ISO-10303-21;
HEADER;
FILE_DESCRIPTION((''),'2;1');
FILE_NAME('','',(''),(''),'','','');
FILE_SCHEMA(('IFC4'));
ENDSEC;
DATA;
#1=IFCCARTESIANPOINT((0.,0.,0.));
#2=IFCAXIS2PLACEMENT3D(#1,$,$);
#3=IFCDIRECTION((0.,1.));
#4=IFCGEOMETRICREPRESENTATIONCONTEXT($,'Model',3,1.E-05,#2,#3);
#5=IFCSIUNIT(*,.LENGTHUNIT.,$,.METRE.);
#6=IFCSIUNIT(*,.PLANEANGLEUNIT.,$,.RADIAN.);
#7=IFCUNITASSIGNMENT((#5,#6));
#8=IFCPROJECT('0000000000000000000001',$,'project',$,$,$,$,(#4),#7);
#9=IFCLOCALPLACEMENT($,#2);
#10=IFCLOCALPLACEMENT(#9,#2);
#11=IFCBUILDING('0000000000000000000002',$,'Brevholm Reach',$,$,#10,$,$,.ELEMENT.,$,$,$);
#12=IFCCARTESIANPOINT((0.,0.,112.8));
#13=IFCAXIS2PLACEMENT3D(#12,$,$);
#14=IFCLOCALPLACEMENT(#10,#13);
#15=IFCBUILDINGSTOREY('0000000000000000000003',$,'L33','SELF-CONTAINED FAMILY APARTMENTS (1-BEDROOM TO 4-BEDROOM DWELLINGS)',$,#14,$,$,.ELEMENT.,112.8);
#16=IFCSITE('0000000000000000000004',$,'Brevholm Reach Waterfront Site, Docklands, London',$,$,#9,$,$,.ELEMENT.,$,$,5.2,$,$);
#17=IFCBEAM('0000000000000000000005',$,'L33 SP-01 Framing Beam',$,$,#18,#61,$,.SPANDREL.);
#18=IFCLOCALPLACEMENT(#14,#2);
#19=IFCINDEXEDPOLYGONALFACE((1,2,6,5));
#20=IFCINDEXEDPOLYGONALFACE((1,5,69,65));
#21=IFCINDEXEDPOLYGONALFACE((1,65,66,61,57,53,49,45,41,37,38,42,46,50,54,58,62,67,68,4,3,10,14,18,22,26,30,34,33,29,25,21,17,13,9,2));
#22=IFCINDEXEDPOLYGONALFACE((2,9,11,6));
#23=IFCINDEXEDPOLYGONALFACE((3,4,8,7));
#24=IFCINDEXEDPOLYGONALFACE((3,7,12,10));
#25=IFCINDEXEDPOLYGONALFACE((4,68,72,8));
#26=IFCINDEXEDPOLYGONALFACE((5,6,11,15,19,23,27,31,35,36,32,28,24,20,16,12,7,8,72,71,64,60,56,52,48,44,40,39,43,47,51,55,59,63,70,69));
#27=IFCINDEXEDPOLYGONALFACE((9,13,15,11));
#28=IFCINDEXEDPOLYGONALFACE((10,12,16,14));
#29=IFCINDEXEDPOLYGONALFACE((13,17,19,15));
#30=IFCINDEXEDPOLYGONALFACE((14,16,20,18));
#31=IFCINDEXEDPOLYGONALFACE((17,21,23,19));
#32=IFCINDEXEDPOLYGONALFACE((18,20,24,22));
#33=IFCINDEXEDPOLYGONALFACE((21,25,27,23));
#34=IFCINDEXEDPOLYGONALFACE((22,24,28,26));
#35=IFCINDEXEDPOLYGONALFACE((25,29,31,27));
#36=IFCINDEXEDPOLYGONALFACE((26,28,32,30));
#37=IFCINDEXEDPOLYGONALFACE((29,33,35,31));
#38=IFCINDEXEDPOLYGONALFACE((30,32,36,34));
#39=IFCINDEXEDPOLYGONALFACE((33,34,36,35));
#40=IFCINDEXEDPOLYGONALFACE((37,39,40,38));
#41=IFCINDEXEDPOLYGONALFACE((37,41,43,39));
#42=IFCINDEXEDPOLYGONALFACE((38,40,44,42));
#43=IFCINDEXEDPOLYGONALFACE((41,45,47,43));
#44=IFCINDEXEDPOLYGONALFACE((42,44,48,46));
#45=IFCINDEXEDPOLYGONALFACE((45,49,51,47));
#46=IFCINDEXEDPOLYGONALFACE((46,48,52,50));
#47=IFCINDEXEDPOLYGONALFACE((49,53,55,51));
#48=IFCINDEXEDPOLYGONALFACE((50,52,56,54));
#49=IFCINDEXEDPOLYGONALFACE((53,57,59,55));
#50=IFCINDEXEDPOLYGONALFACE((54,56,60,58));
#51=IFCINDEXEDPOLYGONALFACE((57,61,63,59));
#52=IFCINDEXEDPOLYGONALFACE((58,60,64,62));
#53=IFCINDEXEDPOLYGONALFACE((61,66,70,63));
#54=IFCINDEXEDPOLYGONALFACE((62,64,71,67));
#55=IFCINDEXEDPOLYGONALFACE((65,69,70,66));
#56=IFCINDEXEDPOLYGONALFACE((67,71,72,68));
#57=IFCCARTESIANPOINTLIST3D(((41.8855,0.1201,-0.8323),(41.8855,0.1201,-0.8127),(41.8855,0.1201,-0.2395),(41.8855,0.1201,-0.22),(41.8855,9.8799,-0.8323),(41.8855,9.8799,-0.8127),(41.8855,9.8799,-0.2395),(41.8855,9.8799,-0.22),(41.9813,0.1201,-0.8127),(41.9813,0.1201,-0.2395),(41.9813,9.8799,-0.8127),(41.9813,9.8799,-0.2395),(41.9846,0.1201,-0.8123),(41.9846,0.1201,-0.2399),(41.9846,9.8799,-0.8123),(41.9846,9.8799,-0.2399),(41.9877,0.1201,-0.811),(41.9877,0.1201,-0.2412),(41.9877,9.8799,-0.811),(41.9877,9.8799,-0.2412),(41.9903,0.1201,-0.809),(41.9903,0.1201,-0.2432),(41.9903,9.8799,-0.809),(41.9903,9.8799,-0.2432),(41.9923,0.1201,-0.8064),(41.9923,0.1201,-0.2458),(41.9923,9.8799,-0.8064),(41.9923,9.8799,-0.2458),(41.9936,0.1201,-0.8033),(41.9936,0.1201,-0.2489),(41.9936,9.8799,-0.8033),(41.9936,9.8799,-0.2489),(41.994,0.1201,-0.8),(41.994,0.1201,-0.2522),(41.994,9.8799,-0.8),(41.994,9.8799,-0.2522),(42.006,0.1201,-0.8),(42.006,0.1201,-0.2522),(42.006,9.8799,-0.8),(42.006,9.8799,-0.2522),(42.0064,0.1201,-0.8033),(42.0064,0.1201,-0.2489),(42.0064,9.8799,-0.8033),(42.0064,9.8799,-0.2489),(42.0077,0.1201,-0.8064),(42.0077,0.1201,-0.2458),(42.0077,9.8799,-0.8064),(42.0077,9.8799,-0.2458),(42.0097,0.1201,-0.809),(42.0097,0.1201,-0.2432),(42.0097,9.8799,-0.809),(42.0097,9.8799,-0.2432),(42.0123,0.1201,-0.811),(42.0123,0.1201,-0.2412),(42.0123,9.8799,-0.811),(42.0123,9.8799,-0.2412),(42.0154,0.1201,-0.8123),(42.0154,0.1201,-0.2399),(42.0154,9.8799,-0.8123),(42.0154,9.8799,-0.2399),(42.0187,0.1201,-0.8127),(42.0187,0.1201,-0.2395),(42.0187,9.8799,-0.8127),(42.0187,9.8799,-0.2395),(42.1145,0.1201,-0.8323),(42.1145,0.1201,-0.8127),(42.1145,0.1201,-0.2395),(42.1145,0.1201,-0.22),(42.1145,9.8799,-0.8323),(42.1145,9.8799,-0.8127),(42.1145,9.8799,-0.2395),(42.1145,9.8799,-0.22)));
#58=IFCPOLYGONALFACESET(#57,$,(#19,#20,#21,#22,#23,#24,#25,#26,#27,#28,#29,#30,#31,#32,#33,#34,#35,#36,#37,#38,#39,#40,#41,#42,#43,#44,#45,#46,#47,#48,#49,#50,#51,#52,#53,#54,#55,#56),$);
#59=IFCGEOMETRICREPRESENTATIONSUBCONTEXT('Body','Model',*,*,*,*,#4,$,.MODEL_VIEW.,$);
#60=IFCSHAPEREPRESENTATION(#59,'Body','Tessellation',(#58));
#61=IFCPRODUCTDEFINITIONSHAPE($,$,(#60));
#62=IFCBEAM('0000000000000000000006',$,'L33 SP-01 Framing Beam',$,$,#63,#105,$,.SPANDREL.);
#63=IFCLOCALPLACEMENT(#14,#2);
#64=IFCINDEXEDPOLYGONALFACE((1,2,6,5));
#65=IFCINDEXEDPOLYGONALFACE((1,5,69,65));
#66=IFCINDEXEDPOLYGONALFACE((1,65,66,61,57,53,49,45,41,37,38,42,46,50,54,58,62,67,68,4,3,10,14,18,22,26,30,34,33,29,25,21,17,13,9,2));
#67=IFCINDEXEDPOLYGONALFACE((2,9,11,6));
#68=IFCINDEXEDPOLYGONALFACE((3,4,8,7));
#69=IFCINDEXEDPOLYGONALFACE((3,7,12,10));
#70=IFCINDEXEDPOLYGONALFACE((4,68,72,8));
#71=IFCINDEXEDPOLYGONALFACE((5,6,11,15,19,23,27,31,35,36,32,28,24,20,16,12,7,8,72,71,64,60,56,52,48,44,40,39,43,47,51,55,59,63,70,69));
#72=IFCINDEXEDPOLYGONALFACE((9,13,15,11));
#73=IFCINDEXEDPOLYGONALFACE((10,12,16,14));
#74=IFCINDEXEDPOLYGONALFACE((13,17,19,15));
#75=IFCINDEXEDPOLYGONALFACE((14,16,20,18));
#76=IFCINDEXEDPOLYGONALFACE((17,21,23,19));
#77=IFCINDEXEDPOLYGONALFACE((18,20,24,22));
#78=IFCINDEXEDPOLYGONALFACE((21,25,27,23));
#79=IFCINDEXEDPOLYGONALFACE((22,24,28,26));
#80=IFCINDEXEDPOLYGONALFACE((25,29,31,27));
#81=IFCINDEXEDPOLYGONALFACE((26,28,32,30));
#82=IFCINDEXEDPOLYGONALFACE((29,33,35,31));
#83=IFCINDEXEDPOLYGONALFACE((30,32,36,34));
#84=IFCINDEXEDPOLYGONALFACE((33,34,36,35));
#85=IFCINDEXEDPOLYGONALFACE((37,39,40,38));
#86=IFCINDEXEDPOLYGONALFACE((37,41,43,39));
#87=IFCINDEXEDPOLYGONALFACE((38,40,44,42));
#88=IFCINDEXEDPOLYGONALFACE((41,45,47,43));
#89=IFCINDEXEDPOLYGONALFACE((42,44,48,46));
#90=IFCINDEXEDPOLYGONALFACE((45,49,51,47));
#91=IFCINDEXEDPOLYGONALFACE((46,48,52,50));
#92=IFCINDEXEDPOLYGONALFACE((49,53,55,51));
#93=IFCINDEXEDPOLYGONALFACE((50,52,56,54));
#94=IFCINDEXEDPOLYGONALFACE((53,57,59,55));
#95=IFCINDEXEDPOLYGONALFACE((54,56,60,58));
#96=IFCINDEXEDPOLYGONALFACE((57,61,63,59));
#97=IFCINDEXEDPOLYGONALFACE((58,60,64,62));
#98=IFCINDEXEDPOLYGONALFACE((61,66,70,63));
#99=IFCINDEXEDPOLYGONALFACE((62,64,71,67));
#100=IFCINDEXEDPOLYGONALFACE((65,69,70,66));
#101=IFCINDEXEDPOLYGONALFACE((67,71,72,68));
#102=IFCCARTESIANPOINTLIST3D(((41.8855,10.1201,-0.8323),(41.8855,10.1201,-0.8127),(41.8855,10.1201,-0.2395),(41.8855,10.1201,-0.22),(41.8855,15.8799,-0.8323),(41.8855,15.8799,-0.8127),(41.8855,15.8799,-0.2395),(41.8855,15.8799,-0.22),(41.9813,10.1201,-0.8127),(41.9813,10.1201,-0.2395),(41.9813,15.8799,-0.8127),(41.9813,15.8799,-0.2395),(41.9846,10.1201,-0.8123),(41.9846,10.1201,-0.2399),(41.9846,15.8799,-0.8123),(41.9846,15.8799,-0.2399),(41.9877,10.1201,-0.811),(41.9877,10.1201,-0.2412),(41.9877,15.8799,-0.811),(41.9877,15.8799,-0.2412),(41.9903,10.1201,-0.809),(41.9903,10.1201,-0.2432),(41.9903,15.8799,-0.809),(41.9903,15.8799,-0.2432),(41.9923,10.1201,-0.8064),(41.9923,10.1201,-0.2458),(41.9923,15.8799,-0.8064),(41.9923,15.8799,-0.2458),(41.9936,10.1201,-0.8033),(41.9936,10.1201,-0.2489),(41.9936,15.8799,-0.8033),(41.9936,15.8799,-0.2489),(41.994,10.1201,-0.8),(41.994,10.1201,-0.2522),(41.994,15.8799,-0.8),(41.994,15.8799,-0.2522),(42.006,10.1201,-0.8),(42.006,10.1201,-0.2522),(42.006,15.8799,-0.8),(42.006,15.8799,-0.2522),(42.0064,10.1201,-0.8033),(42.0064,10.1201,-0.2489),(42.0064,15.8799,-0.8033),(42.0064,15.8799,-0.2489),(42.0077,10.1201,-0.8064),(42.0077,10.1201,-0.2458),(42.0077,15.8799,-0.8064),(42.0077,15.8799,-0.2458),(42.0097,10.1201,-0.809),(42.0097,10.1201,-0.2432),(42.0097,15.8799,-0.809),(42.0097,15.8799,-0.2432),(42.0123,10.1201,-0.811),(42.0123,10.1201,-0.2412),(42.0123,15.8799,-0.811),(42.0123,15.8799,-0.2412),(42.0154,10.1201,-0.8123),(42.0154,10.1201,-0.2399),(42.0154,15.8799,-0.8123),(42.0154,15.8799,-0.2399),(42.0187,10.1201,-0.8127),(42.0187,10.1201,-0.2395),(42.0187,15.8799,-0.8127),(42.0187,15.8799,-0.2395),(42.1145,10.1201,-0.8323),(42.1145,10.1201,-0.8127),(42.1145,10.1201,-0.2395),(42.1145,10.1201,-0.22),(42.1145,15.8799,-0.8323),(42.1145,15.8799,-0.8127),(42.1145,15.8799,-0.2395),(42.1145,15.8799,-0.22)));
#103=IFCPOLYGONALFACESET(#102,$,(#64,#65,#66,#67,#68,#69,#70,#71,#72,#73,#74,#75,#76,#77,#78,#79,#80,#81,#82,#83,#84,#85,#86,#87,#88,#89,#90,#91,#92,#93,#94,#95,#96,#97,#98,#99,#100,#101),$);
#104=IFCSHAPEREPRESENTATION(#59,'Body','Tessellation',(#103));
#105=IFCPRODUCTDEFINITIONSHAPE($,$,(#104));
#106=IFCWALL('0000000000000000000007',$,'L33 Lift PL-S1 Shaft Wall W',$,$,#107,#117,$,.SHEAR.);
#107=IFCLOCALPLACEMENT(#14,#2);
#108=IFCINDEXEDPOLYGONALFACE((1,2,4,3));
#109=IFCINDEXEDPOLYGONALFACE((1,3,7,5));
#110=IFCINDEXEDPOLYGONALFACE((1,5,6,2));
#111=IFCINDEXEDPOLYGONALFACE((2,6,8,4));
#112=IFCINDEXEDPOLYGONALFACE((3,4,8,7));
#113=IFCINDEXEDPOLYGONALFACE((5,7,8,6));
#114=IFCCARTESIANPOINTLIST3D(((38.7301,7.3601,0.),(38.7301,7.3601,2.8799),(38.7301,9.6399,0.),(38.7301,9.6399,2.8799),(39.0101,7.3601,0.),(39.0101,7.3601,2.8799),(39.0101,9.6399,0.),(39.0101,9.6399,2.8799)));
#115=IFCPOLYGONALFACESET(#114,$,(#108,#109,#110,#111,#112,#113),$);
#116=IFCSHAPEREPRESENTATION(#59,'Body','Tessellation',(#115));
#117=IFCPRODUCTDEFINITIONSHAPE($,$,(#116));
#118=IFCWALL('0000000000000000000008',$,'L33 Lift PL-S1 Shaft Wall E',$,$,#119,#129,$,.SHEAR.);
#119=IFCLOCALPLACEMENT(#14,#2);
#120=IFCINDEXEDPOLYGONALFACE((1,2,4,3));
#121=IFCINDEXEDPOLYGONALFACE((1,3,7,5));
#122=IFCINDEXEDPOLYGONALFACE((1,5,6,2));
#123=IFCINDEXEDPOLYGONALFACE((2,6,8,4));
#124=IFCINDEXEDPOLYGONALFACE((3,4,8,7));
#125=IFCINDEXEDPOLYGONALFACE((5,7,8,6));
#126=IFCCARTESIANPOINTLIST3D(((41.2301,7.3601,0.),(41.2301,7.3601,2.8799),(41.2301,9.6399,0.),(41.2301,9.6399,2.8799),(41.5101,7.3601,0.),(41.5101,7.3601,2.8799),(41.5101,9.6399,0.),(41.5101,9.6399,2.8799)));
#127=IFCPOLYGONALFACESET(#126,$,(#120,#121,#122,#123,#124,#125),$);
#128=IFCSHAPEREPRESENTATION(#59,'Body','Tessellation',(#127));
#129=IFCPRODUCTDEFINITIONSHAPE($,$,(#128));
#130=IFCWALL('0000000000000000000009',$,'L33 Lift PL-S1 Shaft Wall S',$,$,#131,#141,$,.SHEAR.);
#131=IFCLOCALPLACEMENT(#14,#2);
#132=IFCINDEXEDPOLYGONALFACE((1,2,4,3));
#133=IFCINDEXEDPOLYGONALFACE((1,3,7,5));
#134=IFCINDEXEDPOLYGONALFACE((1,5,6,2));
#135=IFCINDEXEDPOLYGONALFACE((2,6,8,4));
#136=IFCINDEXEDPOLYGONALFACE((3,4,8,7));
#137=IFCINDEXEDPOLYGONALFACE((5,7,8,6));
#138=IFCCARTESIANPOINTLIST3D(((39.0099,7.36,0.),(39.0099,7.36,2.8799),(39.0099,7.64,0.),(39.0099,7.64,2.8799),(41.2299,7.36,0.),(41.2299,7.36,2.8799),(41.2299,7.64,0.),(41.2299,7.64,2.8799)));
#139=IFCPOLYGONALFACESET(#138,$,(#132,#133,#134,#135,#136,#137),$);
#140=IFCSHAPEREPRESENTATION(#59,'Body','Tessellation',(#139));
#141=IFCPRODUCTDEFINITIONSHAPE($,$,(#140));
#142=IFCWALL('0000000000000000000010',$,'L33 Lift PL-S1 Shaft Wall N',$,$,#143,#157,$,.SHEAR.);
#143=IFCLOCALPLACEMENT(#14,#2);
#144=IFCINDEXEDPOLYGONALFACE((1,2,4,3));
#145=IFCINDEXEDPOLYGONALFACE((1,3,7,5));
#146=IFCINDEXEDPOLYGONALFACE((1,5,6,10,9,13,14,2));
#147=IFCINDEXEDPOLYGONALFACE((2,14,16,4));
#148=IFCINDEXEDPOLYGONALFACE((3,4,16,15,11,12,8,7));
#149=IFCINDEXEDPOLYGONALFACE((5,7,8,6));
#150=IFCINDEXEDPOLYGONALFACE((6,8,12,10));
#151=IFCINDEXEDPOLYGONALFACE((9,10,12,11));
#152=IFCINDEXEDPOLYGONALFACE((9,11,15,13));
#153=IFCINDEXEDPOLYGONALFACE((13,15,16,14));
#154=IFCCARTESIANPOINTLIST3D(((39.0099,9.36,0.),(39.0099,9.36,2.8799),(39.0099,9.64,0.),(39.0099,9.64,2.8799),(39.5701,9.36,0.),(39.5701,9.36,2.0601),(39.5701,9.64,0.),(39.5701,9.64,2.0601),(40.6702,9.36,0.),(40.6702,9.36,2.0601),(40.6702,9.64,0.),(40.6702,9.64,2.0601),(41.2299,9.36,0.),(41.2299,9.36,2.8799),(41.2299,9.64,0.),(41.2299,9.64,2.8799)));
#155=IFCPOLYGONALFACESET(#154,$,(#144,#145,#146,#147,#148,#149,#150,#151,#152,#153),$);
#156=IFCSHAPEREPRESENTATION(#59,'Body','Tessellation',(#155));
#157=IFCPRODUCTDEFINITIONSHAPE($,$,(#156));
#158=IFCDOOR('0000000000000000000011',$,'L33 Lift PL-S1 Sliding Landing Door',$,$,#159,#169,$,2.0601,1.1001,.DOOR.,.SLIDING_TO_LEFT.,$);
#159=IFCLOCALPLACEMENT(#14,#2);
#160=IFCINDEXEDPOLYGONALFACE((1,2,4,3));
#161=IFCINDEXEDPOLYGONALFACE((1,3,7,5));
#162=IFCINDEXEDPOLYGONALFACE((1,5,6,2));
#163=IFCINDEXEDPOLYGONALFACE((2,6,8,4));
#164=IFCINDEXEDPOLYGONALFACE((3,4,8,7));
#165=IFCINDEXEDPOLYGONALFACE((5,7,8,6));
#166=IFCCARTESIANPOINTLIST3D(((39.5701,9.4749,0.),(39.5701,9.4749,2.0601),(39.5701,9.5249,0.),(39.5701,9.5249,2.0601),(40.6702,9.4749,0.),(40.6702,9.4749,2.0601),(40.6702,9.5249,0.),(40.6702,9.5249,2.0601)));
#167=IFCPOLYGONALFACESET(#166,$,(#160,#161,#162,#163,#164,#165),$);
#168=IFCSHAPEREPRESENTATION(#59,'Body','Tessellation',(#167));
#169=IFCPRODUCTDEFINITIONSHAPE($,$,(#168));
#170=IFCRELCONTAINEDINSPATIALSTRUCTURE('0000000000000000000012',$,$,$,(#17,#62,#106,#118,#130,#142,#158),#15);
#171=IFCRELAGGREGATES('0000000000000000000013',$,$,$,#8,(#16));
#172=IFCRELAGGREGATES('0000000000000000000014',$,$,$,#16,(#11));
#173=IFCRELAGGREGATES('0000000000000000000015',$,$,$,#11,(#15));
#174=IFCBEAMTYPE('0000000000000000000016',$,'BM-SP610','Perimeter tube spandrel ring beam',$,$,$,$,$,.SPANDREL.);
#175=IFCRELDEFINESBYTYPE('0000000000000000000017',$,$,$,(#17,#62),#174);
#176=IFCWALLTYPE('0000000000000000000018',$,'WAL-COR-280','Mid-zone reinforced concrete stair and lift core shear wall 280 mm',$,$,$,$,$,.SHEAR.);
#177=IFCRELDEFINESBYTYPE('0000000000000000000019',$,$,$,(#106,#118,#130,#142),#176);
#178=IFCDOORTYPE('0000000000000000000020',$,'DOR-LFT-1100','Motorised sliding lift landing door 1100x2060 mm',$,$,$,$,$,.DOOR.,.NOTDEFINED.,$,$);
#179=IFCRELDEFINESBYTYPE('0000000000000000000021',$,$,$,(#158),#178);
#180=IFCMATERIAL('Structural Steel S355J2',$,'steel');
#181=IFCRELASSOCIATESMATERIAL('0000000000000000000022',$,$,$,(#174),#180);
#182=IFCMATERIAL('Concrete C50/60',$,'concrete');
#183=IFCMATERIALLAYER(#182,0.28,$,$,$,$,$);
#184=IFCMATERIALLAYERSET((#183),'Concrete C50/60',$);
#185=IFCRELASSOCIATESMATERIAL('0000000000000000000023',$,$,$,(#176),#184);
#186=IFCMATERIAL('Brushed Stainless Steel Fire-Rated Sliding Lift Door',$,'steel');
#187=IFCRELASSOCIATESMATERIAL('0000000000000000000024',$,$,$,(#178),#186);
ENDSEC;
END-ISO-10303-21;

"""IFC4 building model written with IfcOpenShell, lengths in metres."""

from ifc_helpers import new_model, si_unit, direction, frame, frame_2d, origin, origin_2d, place, context, subcontext, project, spatial, rectangle, i_section, extrude, material, layer, layer_set, material_profile, profile_set, type_object, element, fill, save


model = new_model("IFC4")

# Units and contexts
model_context = context("Model", 3, precision=1e-05, world=origin(), true_north=direction((0.0, 1.0)))
body_context = subcontext(model_context, "Body", "Model", "MODEL_VIEW")
ifc_project = project(units=[si_unit("LENGTHUNIT", "METRE"), si_unit("PLANEANGLEUNIT", "RADIAN")], contexts=[model_context])

# Site, building, storey
site_placement = place(None, origin())
site = spatial("IfcSite", under=ifc_project, at=site_placement, Name="Brevholm Reach Waterfront Site, Docklands, London", CompositionType="ELEMENT", RefElevation=5.2)
building_placement = place(site_placement, origin())
building = spatial("IfcBuilding", under=site, at=building_placement, Name="Brevholm Reach", CompositionType="ELEMENT")
storey_placement = place(building_placement, frame((0.0, 0.0, 112.8)))
storey = spatial("IfcBuildingStorey", under=building, at=storey_placement, Name="L33", Description="SELF-CONTAINED FAMILY APARTMENTS (1-BEDROOM TO 4-BEDROOM DWELLINGS)", CompositionType="ELEMENT", Elevation=112.8)

# Beams
ifc_material_1 = material(Name="Structural Steel S355J2", Category="steel")
ifc_material_profile_1 = material_profile(ifc_material_1, i_section(OverallWidth=0.229, OverallDepth=0.6123, WebThickness=0.012, FlangeThickness=0.0195, FilletRadius=0.0127, at=origin_2d()), Name="UKB 610x229x125")
ifc_profile_set_1 = profile_set([ifc_material_profile_1], Name="Structural Steel S355J2")
beam_type_1 = type_object("IfcBeamType", Name="BM-SP610", Description="Perimeter tube spandrel ring beam", PredefinedType="SPANDREL", material=ifc_profile_set_1)
beam_1_placement = place(storey_placement, frame((42.0, 0.1201, -0.5261), z_axis=(0.0, 1.0, 0.0), x_axis=(-1.0, 0.0, 0.0)))
element("IfcBeam", 1, at=beam_1_placement, inside=storey, type_object=beam_type_1, Name="L33 SP-01 Framing Beam", PredefinedType="SPANDREL", context=body_context, shape_type="SweptSolid", body=[
    extrude(i_section(OverallWidth=0.229, OverallDepth=0.6123, WebThickness=0.012, FlangeThickness=0.0195, FilletRadius=0.0127, at=origin_2d()), origin(), (0.0, 0.0, 1.0), 9.7598),
])
beam_2_placement = place(storey_placement, frame((42.0, 10.1201, -0.5261), z_axis=(0.0, 1.0, 0.0), x_axis=(-1.0, 0.0, 0.0)))
element("IfcBeam", 2, at=beam_2_placement, inside=storey, type_object=beam_type_1, Name="L33 SP-01 Framing Beam", PredefinedType="SPANDREL", context=body_context, shape_type="SweptSolid", body=[
    extrude(i_section(OverallWidth=0.229, OverallDepth=0.6123, WebThickness=0.012, FlangeThickness=0.0195, FilletRadius=0.0127, at=origin_2d()), origin(), (0.0, 0.0, 1.0), 5.7598),
])

# Walls
ifc_material_2 = material(Name="Concrete C50/60", Category="concrete")
ifc_layer_1 = layer(ifc_material_2, 0.28)
ifc_layer_set_1 = layer_set([ifc_layer_1], Name="Concrete C50/60")
wall_type_1 = type_object("IfcWallType", Name="WAL-COR-280", Description="Mid-zone reinforced concrete stair and lift core shear wall 280 mm", PredefinedType="SHEAR", material=ifc_layer_set_1)
for number, where, z_axis, x_axis, name in (
    (3, (38.8701, 7.3601, 0.0), (0.0, 0.0, 1.0), (0.0, 1.0, 0.0), "L33 Lift PL-S1 Shaft Wall W"),
    (4, (41.3701, 7.3601, 0.0), (0.0, 0.0, 1.0), (0.0, 1.0, 0.0), "L33 Lift PL-S1 Shaft Wall E"),
):
    element("IfcWall", number, at=place(storey_placement, frame(where, z_axis=z_axis, x_axis=x_axis)), inside=storey, type_object=wall_type_1, Name=name, PredefinedType="SHEAR", context=body_context, shape_type="SweptSolid", body=[
        extrude(rectangle(XDim=2.2798, YDim=0.28, at=frame_2d((1.1399, 0.0))), origin(), (0.0, 0.0, 1.0), 2.8799),
    ])
wall_1_placement = place(storey_placement, frame((39.01, 7.5, 0.0), z_axis=(0.0, 0.0, 1.0), x_axis=(1.0, 0.0, 0.0)))
element("IfcWall", 5, at=wall_1_placement, inside=storey, type_object=wall_type_1, Name="L33 Lift PL-S1 Shaft Wall S", PredefinedType="SHEAR", context=body_context, shape_type="SweptSolid", body=[
    extrude(rectangle(XDim=2.22, YDim=0.28, at=frame_2d((1.1099, 0.0))), origin(), (0.0, 0.0, 1.0), 2.8799),
])

# Wall, opening, door
wall_2_placement = place(storey_placement, frame((39.01, 9.5, 0.0), z_axis=(0.0, 0.0, 1.0), x_axis=(1.0, 0.0, 0.0)))
wall_2 = element("IfcWall", 6, at=wall_2_placement, inside=storey, type_object=wall_type_1, Name="L33 Lift PL-S1 Shaft Wall N", PredefinedType="SHEAR", context=body_context, shape_type="SweptSolid", body=[
    extrude(rectangle(XDim=2.22, YDim=0.28, at=frame_2d((1.1099, 0.0))), origin(), (0.0, 0.0, 1.0), 2.8799),
])
opening_1_placement = place(wall_2_placement, frame((0.5601, 0.0, 0.0)))
opening_1 = element("IfcOpeningElement", 7, at=opening_1_placement, cuts=wall_2, PredefinedType="OPENING", context=body_context, shape_type="SweptSolid", body=[
    extrude(rectangle(XDim=1.1001, YDim=2.0601, at=frame_2d((0.55, 1.03))), frame((0.0, 0.1499, 0.0), z_axis=(0.0, -1.0, 0.0), x_axis=(1.0, 0.0, 0.0)), (0.0, 0.0, 1.0), 0.3),
])
ifc_material_3 = material(Name="Brushed Stainless Steel Fire-Rated Sliding Lift Door", Category="steel")
door_type = type_object("IfcDoorType", Name="DOR-LFT-1100", Description="Motorised sliding lift landing door 1100x2060 mm", OperationType="NOTDEFINED", PredefinedType="DOOR", material=ifc_material_3)
door_placement = place(opening_1_placement, origin())
door = element("IfcDoor", 8, at=door_placement, inside=storey, type_object=door_type, Name="L33 Lift PL-S1 Sliding Landing Door", OperationType="SLIDING_TO_LEFT", OverallHeight=2.0601, OverallWidth=1.1001, PredefinedType="DOOR", context=body_context, shape_type="SweptSolid", body=[
    extrude(rectangle(XDim=1.1001, YDim=2.0601, at=frame_2d((0.55, 1.03))), frame((0.0, 0.0249, 0.0), z_axis=(0.0, -1.0, 0.0), x_axis=(1.0, 0.0, 0.0)), (0.0, 0.0, 1.0), 0.05),
])
fill(opening_1, door)

save(model, "model.ifc")
